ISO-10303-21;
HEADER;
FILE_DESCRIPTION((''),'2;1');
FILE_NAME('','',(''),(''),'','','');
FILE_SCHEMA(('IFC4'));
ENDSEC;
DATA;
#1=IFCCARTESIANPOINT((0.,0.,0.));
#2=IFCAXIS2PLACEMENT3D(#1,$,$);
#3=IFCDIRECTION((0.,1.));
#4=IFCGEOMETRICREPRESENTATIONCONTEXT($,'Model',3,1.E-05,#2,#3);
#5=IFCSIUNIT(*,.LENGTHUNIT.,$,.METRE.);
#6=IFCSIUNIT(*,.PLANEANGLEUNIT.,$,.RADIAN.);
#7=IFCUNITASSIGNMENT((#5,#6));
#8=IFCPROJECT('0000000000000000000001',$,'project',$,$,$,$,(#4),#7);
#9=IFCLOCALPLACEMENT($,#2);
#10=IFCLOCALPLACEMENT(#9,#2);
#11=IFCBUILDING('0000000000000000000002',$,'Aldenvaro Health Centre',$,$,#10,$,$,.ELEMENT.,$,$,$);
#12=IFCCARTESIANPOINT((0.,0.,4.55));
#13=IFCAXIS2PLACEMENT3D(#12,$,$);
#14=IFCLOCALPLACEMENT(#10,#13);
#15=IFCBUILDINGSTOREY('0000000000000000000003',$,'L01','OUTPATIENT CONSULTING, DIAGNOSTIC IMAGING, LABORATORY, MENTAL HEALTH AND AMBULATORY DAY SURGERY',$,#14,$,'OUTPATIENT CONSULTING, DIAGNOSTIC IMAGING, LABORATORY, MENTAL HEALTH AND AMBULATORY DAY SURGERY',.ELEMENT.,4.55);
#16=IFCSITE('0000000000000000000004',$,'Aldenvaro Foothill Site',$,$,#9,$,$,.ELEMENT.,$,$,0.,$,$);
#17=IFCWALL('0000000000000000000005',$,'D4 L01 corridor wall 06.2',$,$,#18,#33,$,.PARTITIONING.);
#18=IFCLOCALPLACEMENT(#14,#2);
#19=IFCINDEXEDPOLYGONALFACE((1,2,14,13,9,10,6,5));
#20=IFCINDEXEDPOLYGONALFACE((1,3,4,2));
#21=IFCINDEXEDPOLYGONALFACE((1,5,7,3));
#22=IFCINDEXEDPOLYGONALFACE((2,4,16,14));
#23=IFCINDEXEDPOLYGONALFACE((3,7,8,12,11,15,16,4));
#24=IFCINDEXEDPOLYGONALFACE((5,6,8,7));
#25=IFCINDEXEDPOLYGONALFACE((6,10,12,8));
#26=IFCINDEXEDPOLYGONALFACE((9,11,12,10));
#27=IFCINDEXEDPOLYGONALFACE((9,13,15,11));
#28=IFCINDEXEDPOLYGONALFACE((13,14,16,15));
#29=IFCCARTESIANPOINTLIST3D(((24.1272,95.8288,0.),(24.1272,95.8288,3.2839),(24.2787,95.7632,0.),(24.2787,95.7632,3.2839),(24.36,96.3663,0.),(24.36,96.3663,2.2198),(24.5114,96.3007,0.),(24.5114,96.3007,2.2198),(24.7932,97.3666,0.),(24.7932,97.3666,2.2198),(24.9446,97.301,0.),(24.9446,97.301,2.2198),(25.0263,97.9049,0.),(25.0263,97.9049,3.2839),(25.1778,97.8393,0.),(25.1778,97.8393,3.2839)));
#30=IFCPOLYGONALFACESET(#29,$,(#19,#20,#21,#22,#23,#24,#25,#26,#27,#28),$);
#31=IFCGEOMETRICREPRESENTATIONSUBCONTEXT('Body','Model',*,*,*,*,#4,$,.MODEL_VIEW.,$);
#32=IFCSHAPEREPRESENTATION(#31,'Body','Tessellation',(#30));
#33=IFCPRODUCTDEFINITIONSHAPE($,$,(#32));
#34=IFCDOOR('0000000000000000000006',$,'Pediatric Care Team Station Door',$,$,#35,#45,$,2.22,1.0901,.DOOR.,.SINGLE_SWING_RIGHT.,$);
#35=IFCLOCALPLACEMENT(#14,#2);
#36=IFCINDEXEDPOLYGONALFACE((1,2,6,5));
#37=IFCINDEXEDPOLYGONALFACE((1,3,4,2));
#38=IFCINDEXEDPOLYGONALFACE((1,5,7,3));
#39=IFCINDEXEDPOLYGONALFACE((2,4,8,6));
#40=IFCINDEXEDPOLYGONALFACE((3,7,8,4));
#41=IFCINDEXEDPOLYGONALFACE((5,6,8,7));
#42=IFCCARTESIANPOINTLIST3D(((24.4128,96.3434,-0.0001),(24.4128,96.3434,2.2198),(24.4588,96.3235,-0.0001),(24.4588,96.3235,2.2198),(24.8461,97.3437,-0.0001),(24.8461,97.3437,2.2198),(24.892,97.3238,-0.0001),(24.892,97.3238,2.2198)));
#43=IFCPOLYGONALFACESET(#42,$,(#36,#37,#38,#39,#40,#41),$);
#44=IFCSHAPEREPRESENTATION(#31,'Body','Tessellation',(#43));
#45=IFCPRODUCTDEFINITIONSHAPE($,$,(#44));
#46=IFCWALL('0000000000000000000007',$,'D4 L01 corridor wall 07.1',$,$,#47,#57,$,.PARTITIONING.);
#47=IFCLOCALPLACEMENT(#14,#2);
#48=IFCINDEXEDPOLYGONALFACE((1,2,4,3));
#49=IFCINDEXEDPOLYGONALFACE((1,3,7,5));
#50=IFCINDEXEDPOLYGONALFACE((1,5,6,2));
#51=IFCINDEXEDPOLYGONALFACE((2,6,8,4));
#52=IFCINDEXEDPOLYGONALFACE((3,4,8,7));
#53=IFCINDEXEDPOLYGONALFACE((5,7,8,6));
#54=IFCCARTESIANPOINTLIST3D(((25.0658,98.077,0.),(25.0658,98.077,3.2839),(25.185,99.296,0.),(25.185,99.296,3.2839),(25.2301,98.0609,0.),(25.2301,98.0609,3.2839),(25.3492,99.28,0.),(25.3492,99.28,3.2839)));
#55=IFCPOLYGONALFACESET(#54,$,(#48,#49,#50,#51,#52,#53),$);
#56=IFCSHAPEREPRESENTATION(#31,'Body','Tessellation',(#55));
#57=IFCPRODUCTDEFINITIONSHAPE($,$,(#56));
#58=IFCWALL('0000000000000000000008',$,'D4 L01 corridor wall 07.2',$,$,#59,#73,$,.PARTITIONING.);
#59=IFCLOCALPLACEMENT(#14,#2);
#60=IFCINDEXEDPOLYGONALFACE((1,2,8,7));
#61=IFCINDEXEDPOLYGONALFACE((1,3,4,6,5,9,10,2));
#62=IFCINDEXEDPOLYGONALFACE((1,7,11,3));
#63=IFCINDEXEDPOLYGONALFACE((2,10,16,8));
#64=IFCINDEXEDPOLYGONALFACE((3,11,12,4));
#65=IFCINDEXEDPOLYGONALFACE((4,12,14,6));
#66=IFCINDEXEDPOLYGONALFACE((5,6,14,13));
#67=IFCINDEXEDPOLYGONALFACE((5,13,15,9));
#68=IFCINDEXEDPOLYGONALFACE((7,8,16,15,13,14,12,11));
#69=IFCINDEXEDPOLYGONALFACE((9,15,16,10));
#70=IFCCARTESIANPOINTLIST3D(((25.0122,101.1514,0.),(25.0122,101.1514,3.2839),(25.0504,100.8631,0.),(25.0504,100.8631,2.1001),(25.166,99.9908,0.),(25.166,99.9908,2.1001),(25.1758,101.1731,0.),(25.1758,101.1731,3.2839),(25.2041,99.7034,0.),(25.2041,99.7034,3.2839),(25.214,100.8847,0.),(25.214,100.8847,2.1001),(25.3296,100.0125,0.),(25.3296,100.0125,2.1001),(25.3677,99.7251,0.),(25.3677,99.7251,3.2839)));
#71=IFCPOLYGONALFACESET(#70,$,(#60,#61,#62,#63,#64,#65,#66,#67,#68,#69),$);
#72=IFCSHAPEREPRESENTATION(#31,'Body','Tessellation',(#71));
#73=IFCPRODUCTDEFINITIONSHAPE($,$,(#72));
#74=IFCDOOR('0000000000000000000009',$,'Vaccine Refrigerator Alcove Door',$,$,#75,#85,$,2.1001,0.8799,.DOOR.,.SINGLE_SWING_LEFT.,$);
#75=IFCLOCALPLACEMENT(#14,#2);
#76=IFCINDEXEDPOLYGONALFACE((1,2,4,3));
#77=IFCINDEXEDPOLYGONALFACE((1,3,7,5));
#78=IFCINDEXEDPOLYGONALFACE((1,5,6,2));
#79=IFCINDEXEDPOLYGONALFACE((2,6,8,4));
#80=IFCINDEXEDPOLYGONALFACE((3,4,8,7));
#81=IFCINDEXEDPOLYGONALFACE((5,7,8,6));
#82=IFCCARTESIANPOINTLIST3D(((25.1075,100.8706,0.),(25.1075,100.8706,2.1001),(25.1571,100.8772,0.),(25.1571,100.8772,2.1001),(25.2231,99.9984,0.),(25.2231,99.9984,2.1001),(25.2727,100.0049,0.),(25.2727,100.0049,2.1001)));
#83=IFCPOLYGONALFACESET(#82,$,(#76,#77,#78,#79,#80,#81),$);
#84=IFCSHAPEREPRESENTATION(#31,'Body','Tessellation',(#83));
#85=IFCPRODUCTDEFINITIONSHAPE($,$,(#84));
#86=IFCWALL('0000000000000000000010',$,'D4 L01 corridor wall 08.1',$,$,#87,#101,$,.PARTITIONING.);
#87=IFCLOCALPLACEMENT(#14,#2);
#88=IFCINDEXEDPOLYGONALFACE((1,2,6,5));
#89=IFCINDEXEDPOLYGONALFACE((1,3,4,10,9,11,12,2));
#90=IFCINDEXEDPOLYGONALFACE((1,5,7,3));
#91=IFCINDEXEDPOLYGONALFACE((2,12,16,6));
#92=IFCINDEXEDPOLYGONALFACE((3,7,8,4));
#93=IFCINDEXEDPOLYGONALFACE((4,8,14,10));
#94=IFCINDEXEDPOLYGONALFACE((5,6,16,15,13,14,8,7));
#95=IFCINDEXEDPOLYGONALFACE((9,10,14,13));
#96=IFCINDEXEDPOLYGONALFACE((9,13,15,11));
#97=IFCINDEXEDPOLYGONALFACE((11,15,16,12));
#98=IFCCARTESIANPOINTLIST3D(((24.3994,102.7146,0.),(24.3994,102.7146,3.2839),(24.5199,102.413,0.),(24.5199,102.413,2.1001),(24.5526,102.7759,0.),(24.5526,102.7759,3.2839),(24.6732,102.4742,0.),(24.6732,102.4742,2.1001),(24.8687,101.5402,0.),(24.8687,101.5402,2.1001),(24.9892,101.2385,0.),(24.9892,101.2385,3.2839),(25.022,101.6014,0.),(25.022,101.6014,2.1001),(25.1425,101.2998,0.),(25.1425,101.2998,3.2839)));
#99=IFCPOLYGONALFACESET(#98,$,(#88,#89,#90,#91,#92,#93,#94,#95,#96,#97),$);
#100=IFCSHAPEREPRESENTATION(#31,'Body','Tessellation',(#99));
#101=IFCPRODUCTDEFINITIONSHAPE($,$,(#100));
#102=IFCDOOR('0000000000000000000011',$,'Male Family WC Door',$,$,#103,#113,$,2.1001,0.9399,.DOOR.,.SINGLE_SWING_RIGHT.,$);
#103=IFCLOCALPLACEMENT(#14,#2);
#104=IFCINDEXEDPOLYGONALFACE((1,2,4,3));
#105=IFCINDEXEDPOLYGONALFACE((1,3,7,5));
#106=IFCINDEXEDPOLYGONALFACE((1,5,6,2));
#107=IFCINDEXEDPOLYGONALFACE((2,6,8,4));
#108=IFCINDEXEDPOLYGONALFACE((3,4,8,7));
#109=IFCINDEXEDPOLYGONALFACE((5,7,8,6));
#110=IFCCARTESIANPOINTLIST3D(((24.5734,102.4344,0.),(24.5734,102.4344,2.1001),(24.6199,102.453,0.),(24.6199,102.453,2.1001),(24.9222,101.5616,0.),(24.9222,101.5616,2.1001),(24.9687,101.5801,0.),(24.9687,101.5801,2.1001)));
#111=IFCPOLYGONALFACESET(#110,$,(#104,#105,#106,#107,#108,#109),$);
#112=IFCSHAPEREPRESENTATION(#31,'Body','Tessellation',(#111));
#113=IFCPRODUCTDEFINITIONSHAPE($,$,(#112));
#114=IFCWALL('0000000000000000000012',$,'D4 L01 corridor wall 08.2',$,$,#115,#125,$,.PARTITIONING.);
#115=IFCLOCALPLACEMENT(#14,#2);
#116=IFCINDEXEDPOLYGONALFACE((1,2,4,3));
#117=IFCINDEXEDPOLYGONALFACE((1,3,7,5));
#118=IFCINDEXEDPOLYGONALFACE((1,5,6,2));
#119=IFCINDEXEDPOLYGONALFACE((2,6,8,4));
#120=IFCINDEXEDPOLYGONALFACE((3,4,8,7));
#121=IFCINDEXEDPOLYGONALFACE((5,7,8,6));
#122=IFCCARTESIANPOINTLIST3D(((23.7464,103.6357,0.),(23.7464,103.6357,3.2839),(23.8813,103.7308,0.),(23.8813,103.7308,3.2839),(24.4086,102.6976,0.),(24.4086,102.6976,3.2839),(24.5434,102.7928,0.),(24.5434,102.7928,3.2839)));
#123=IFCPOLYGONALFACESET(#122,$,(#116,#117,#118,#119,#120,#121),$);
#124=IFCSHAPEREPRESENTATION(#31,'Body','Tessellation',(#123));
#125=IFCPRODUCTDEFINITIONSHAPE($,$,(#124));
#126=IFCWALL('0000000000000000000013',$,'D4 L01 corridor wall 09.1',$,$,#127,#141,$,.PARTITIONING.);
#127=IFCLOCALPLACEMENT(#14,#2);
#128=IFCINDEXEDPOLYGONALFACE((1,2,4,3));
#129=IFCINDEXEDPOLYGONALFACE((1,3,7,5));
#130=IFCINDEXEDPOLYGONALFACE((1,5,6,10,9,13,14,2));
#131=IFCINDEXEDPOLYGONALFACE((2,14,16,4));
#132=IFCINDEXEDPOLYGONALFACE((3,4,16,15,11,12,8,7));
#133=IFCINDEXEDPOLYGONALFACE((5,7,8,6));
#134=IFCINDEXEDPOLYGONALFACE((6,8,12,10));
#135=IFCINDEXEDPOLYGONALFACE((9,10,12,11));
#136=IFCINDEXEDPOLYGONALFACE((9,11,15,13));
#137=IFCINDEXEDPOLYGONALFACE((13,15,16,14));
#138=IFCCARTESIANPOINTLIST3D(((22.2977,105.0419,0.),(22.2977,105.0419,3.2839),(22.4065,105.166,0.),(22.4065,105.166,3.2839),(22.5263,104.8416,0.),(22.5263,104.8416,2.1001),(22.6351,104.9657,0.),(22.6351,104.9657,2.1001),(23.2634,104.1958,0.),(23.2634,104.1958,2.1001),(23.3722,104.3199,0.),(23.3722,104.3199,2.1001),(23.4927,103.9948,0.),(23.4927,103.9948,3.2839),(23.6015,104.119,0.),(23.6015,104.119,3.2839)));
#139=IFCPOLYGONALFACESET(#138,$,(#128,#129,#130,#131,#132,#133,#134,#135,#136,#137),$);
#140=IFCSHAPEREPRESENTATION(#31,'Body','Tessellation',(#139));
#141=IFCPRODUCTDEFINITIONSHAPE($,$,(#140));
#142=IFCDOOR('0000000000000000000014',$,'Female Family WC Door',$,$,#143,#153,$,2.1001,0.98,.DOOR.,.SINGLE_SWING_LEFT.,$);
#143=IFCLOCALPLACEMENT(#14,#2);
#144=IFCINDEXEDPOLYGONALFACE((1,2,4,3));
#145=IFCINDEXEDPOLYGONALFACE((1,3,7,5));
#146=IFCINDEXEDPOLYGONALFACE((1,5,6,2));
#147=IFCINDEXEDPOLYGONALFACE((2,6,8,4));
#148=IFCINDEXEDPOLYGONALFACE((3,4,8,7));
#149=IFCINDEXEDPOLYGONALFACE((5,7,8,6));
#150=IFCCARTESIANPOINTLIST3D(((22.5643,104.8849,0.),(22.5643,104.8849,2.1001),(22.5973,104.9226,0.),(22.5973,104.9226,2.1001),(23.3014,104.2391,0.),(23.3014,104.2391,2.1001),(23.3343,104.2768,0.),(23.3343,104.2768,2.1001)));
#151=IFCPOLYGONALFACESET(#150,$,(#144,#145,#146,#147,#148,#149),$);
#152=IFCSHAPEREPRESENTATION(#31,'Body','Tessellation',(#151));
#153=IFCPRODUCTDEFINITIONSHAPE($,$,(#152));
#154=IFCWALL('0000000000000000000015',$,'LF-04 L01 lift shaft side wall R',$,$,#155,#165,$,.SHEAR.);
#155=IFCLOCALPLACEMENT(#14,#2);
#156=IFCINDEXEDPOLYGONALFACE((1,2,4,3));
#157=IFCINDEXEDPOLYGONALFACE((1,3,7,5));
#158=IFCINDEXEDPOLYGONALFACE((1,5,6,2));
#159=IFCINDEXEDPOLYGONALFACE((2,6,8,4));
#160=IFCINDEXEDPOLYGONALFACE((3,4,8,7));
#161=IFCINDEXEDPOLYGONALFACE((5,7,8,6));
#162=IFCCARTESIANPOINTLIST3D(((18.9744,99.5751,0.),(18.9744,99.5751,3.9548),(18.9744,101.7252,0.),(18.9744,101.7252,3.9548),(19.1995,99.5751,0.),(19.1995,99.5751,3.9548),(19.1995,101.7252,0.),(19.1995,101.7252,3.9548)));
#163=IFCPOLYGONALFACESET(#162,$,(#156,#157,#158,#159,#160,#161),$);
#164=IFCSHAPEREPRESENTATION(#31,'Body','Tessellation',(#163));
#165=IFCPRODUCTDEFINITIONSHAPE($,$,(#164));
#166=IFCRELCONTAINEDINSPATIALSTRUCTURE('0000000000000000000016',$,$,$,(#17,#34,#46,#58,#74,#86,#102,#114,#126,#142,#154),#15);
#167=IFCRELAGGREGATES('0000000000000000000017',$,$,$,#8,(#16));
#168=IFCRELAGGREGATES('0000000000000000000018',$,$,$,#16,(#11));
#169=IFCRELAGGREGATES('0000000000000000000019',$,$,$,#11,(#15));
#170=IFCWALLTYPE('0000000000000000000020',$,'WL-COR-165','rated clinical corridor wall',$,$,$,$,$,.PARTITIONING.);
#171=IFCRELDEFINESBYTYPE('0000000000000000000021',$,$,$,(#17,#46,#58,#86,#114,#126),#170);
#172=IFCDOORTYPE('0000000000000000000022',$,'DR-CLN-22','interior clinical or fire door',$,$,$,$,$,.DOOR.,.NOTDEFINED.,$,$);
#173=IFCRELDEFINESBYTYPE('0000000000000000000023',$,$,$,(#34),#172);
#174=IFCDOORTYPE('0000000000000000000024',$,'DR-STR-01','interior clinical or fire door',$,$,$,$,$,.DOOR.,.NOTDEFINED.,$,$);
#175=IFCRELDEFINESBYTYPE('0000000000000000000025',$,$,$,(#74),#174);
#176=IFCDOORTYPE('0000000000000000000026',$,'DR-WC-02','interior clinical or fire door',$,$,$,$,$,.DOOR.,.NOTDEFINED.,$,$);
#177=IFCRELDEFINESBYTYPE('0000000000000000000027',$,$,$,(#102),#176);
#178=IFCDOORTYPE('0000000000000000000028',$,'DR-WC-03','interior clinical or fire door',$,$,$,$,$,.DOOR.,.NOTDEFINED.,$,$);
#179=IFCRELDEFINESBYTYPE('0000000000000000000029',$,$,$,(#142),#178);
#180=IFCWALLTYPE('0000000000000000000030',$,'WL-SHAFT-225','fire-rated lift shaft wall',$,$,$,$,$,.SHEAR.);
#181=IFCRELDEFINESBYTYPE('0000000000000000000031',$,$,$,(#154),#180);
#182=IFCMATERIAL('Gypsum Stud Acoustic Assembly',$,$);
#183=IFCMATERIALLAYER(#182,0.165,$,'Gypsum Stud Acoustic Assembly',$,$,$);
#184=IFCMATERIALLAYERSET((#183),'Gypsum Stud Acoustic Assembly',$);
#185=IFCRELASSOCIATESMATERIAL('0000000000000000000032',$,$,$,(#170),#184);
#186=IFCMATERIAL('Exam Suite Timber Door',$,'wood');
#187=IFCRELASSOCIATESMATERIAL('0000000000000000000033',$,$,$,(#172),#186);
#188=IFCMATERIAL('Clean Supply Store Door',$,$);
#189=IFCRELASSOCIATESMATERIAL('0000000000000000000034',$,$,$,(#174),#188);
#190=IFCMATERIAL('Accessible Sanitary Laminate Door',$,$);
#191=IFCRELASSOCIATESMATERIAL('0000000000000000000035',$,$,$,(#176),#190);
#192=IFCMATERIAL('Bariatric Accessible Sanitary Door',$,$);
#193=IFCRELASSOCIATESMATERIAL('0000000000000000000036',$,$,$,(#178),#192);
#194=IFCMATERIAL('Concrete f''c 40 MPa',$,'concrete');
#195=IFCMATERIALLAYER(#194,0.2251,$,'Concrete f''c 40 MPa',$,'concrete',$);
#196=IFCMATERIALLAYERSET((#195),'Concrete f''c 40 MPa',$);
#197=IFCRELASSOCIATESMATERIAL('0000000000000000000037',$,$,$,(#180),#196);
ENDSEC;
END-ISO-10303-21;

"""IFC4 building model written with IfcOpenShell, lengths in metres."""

from ifc_helpers import new_model, si_unit, direction, frame, frame_2d, origin, place, context, subcontext, project, spatial, rectangle, extrude, material, layer, layer_set, type_object, element, fill, save


model = new_model("IFC4")

# Units and contexts
model_context = context("Model", 3, precision=1e-05, world=origin(), true_north=direction((0.0, 1.0)))
body_context = subcontext(model_context, "Body", "Model", "MODEL_VIEW")
ifc_project = project(units=[si_unit("LENGTHUNIT", "METRE"), si_unit("PLANEANGLEUNIT", "RADIAN")], contexts=[model_context])

# Site, building, storey
site_placement = place(None, origin())
site = spatial("IfcSite", under=ifc_project, at=site_placement, Name="Aldenvaro Foothill Site", CompositionType="ELEMENT", RefElevation=0.0)
building_placement = place(site_placement, origin())
building = spatial("IfcBuilding", under=site, at=building_placement, Name="Aldenvaro Health Centre", CompositionType="ELEMENT")
storey_placement = place(building_placement, frame((0.0, 0.0, 4.55)))
storey = spatial("IfcBuildingStorey", under=building, at=storey_placement, Name="L01", Description="OUTPATIENT CONSULTING, DIAGNOSTIC IMAGING, LABORATORY, MENTAL HEALTH AND AMBULATORY DAY SURGERY", LongName="OUTPATIENT CONSULTING, DIAGNOSTIC IMAGING, LABORATORY, MENTAL HEALTH AND AMBULATORY DAY SURGERY", CompositionType="ELEMENT", Elevation=4.55)

# Wall, opening, door
ifc_material_1 = material(Name="Gypsum Stud Acoustic Assembly")
ifc_layer_1 = layer(ifc_material_1, 0.165, Name="Gypsum Stud Acoustic Assembly")
ifc_layer_set_1 = layer_set([ifc_layer_1], Name="Gypsum Stud Acoustic Assembly")
wall_type_1 = type_object("IfcWallType", Name="WL-COR-165", Description="rated clinical corridor wall", PredefinedType="PARTITIONING", material=ifc_layer_set_1)
wall_1_placement = place(storey_placement, frame((24.2029, 95.7959, 0.0), z_axis=(0.0, 0.0, 1.0), x_axis=(0.39742, 0.917637, 0.0)))
wall_1 = element("IfcWall", 1, at=wall_1_placement, inside=storey, type_object=wall_type_1, Name="D4 L01 corridor wall 06.2", PredefinedType="PARTITIONING", context=body_context, shape_type="SweptSolid", body=[
    extrude(rectangle(XDim=2.2625, YDim=0.165, at=frame_2d((1.1313, 0.0))), origin(), (0.0, 0.0, 1.0), 3.2839),
])
opening_1_placement = place(wall_1_placement, frame((0.5859, 0.0, 0.0)))
opening_1 = element("IfcOpeningElement", 2, at=opening_1_placement, cuts=wall_1, PredefinedType="OPENING", context=body_context, shape_type="SweptSolid", body=[
    extrude(rectangle(XDim=1.0901, YDim=2.22, at=frame_2d((0.5449, 1.1099))), frame((0.0, 0.0925, 0.0), z_axis=(0.0, -1.0, 0.0), x_axis=(1.0, 0.0, 0.0)), (0.0, 0.0, 1.0), 0.1851),
])
ifc_material_2 = material(Name="Exam Suite Timber Door", Category="wood")
door_type_1 = type_object("IfcDoorType", Name="DR-CLN-22", Description="interior clinical or fire door", OperationType="NOTDEFINED", PredefinedType="DOOR", material=ifc_material_2)
door_1_placement = place(opening_1_placement, origin())
door_1 = element("IfcDoor", 3, at=door_1_placement, inside=storey, type_object=door_type_1, Name="Pediatric Care Team Station Door", OperationType="SINGLE_SWING_RIGHT", OverallHeight=2.22, OverallWidth=1.0901, PredefinedType="DOOR", context=body_context, shape_type="SweptSolid", body=[
    extrude(rectangle(XDim=1.0901, YDim=2.22, at=frame_2d((0.5449, 1.1099))), frame((0.0, 0.0249, 0.0), z_axis=(0.0, -1.0, 0.0), x_axis=(1.0, 0.0, 0.0)), (0.0, 0.0, 1.0), 0.05),
])
fill(opening_1, door_1)

# Wall
wall_2_placement = place(storey_placement, frame((25.1479, 98.0691, 0.0), z_axis=(0.0, 0.0, 1.0), x_axis=(0.097273, 0.995258, 0.0)))
element("IfcWall", 4, at=wall_2_placement, inside=storey, type_object=wall_type_1, Name="D4 L01 corridor wall 07.1", PredefinedType="PARTITIONING", context=body_context, shape_type="SweptSolid", body=[
    extrude(rectangle(XDim=1.2249, YDim=0.165, at=frame_2d((0.6123, 0.0))), origin(), (0.0, 0.0, 1.0), 3.2839),
])

# Walls, openings, doors
wall_3_placement = place(storey_placement, frame((25.2859, 99.7141, 0.0), z_axis=(0.0, 0.0, 1.0), x_axis=(-0.131375, 0.991333, 0.0)))
wall_3 = element("IfcWall", 5, at=wall_3_placement, inside=storey, type_object=wall_type_1, Name="D4 L01 corridor wall 07.2", PredefinedType="PARTITIONING", context=body_context, shape_type="SweptSolid", body=[
    extrude(rectangle(XDim=1.4607, YDim=0.165, at=frame_2d((0.7305, 0.0))), origin(), (0.0, 0.0, 1.0), 3.2839),
])
opening_2_placement = place(wall_3_placement, frame((0.29, 0.0, 0.0)))
opening_2 = element("IfcOpeningElement", 6, at=opening_2_placement, cuts=wall_3, PredefinedType="OPENING", context=body_context, shape_type="SweptSolid", body=[
    extrude(rectangle(XDim=0.8799, YDim=2.1001, at=frame_2d((0.4399, 1.05))), frame((0.0, 0.0925, 0.0), z_axis=(0.0, -1.0, 0.0), x_axis=(1.0, 0.0, 0.0)), (0.0, 0.0, 1.0), 0.1851),
])
ifc_material_3 = material(Name="Clean Supply Store Door")
door_type_2 = type_object("IfcDoorType", Name="DR-STR-01", Description="interior clinical or fire door", OperationType="NOTDEFINED", PredefinedType="DOOR", material=ifc_material_3)
door_2_placement = place(opening_2_placement, origin())
door_2 = element("IfcDoor", 7, at=door_2_placement, inside=storey, type_object=door_type_2, Name="Vaccine Refrigerator Alcove Door", OperationType="SINGLE_SWING_LEFT", OverallHeight=2.1001, OverallWidth=0.8799, PredefinedType="DOOR", context=body_context, shape_type="SweptSolid", body=[
    extrude(rectangle(XDim=0.8799, YDim=2.1001, at=frame_2d((0.4399, 1.05))), frame((0.0, 0.0249, 0.0), z_axis=(0.0, -1.0, 0.0), x_axis=(1.0, 0.0, 0.0)), (0.0, 0.0, 1.0), 0.05),
])
fill(opening_2, door_2)
wall_4_placement = place(storey_placement, frame((25.0659, 101.269, 0.0), z_axis=(0.0, 0.0, 1.0), x_axis=(-0.371073, 0.928604, 0.0)))
wall_4 = element("IfcWall", 8, at=wall_4_placement, inside=storey, type_object=wall_type_1, Name="D4 L01 corridor wall 08.1", PredefinedType="PARTITIONING", context=body_context, shape_type="SweptSolid", body=[
    extrude(rectangle(XDim=1.5896, YDim=0.165, at=frame_2d((0.7949, 0.0))), origin(), (0.0, 0.0, 1.0), 3.2839),
])
opening_3_placement = place(wall_4_placement, frame((0.325, 0.0, 0.0)))
opening_3 = element("IfcOpeningElement", 9, at=opening_3_placement, cuts=wall_4, PredefinedType="OPENING", context=body_context, shape_type="SweptSolid", body=[
    extrude(rectangle(XDim=0.9399, YDim=2.1001, at=frame_2d((0.47, 1.05))), frame((0.0, 0.0925, 0.0), z_axis=(0.0, -1.0, 0.0), x_axis=(1.0, 0.0, 0.0)), (0.0, 0.0, 1.0), 0.1851),
])
ifc_material_4 = material(Name="Accessible Sanitary Laminate Door")
door_type_3 = type_object("IfcDoorType", Name="DR-WC-02", Description="interior clinical or fire door", OperationType="NOTDEFINED", PredefinedType="DOOR", material=ifc_material_4)
door_3_placement = place(opening_3_placement, origin())
door_3 = element("IfcDoor", 10, at=door_3_placement, inside=storey, type_object=door_type_3, Name="Male Family WC Door", OperationType="SINGLE_SWING_RIGHT", OverallHeight=2.1001, OverallWidth=0.9399, PredefinedType="DOOR", context=body_context, shape_type="SweptSolid", body=[
    extrude(rectangle(XDim=0.9399, YDim=2.1001, at=frame_2d((0.47, 1.05))), frame((0.0, 0.0249, 0.0), z_axis=(0.0, -1.0, 0.0), x_axis=(1.0, 0.0, 0.0)), (0.0, 0.0, 1.0), 0.05),
])
fill(opening_3, door_3)

# Wall
wall_5_placement = place(storey_placement, frame((24.4761, 102.7451, 0.0), z_axis=(0.0, 0.0, 1.0), x_axis=(-0.576683, 0.816968, 0.0)))
element("IfcWall", 11, at=wall_5_placement, inside=storey, type_object=wall_type_1, Name="D4 L01 corridor wall 08.2", PredefinedType="PARTITIONING", context=body_context, shape_type="SweptSolid", body=[
    extrude(rectangle(XDim=1.1482, YDim=0.165, at=frame_2d((0.5742, 0.0))), origin(), (0.0, 0.0, 1.0), 3.2839),
])

# Wall, opening, door
wall_6_placement = place(storey_placement, frame((23.5471, 104.0569, 0.0), z_axis=(0.0, 0.0, 1.0), x_axis=(-0.752129, 0.659016, 0.0)))
wall_6 = element("IfcWall", 12, at=wall_6_placement, inside=storey, type_object=wall_type_1, Name="D4 L01 corridor wall 09.1", PredefinedType="PARTITIONING", context=body_context, shape_type="SweptSolid", body=[
    extrude(rectangle(XDim=1.5889, YDim=0.165, at=frame_2d((0.7944, 0.0))), origin(), (0.0, 0.0, 1.0), 3.2839),
])
opening_4_placement = place(wall_6_placement, frame((0.3049, 0.0, 0.0)))
opening_4 = element("IfcOpeningElement", 13, at=opening_4_placement, cuts=wall_6, PredefinedType="OPENING", context=body_context, shape_type="SweptSolid", body=[
    extrude(rectangle(XDim=0.98, YDim=2.1001, at=frame_2d((0.49, 1.05))), frame((0.0, 0.0925, 0.0), z_axis=(0.0, -1.0, 0.0), x_axis=(1.0, 0.0, 0.0)), (0.0, 0.0, 1.0), 0.1851),
])
ifc_material_5 = material(Name="Bariatric Accessible Sanitary Door")
door_type_4 = type_object("IfcDoorType", Name="DR-WC-03", Description="interior clinical or fire door", OperationType="NOTDEFINED", PredefinedType="DOOR", material=ifc_material_5)
door_4_placement = place(opening_4_placement, origin())
door_4 = element("IfcDoor", 14, at=door_4_placement, inside=storey, type_object=door_type_4, Name="Female Family WC Door", OperationType="SINGLE_SWING_LEFT", OverallHeight=2.1001, OverallWidth=0.98, PredefinedType="DOOR", context=body_context, shape_type="SweptSolid", body=[
    extrude(rectangle(XDim=0.98, YDim=2.1001, at=frame_2d((0.49, 1.05))), frame((0.0, 0.0249, 0.0), z_axis=(0.0, -1.0, 0.0), x_axis=(1.0, 0.0, 0.0)), (0.0, 0.0, 1.0), 0.05),
])
fill(opening_4, door_4)

# Wall
ifc_material_6 = material(Name="Concrete f'c 40 MPa", Category="concrete")
ifc_layer_2 = layer(ifc_material_6, 0.2251, Name="Concrete f'c 40 MPa", Category="concrete")
ifc_layer_set_2 = layer_set([ifc_layer_2], Name="Concrete f'c 40 MPa")
wall_type_2 = type_object("IfcWallType", Name="WL-SHAFT-225", Description="fire-rated lift shaft wall", PredefinedType="SHEAR", material=ifc_layer_set_2)
wall_7_placement = place(storey_placement, frame((19.0869, 99.575, 0.0), z_axis=(0.0, 0.0, 1.0), x_axis=(0.0, 1.0, 0.0)))
element("IfcWall", 15, at=wall_7_placement, inside=storey, type_object=wall_type_2, Name="LF-04 L01 lift shaft side wall R", PredefinedType="SHEAR", context=body_context, shape_type="SweptSolid", body=[
    extrude(rectangle(XDim=2.1501, YDim=0.2251, at=frame_2d((1.0752, 0.0))), origin(), (0.0, 0.0, 1.0), 3.9548),
])

save(model, "model.ifc")
